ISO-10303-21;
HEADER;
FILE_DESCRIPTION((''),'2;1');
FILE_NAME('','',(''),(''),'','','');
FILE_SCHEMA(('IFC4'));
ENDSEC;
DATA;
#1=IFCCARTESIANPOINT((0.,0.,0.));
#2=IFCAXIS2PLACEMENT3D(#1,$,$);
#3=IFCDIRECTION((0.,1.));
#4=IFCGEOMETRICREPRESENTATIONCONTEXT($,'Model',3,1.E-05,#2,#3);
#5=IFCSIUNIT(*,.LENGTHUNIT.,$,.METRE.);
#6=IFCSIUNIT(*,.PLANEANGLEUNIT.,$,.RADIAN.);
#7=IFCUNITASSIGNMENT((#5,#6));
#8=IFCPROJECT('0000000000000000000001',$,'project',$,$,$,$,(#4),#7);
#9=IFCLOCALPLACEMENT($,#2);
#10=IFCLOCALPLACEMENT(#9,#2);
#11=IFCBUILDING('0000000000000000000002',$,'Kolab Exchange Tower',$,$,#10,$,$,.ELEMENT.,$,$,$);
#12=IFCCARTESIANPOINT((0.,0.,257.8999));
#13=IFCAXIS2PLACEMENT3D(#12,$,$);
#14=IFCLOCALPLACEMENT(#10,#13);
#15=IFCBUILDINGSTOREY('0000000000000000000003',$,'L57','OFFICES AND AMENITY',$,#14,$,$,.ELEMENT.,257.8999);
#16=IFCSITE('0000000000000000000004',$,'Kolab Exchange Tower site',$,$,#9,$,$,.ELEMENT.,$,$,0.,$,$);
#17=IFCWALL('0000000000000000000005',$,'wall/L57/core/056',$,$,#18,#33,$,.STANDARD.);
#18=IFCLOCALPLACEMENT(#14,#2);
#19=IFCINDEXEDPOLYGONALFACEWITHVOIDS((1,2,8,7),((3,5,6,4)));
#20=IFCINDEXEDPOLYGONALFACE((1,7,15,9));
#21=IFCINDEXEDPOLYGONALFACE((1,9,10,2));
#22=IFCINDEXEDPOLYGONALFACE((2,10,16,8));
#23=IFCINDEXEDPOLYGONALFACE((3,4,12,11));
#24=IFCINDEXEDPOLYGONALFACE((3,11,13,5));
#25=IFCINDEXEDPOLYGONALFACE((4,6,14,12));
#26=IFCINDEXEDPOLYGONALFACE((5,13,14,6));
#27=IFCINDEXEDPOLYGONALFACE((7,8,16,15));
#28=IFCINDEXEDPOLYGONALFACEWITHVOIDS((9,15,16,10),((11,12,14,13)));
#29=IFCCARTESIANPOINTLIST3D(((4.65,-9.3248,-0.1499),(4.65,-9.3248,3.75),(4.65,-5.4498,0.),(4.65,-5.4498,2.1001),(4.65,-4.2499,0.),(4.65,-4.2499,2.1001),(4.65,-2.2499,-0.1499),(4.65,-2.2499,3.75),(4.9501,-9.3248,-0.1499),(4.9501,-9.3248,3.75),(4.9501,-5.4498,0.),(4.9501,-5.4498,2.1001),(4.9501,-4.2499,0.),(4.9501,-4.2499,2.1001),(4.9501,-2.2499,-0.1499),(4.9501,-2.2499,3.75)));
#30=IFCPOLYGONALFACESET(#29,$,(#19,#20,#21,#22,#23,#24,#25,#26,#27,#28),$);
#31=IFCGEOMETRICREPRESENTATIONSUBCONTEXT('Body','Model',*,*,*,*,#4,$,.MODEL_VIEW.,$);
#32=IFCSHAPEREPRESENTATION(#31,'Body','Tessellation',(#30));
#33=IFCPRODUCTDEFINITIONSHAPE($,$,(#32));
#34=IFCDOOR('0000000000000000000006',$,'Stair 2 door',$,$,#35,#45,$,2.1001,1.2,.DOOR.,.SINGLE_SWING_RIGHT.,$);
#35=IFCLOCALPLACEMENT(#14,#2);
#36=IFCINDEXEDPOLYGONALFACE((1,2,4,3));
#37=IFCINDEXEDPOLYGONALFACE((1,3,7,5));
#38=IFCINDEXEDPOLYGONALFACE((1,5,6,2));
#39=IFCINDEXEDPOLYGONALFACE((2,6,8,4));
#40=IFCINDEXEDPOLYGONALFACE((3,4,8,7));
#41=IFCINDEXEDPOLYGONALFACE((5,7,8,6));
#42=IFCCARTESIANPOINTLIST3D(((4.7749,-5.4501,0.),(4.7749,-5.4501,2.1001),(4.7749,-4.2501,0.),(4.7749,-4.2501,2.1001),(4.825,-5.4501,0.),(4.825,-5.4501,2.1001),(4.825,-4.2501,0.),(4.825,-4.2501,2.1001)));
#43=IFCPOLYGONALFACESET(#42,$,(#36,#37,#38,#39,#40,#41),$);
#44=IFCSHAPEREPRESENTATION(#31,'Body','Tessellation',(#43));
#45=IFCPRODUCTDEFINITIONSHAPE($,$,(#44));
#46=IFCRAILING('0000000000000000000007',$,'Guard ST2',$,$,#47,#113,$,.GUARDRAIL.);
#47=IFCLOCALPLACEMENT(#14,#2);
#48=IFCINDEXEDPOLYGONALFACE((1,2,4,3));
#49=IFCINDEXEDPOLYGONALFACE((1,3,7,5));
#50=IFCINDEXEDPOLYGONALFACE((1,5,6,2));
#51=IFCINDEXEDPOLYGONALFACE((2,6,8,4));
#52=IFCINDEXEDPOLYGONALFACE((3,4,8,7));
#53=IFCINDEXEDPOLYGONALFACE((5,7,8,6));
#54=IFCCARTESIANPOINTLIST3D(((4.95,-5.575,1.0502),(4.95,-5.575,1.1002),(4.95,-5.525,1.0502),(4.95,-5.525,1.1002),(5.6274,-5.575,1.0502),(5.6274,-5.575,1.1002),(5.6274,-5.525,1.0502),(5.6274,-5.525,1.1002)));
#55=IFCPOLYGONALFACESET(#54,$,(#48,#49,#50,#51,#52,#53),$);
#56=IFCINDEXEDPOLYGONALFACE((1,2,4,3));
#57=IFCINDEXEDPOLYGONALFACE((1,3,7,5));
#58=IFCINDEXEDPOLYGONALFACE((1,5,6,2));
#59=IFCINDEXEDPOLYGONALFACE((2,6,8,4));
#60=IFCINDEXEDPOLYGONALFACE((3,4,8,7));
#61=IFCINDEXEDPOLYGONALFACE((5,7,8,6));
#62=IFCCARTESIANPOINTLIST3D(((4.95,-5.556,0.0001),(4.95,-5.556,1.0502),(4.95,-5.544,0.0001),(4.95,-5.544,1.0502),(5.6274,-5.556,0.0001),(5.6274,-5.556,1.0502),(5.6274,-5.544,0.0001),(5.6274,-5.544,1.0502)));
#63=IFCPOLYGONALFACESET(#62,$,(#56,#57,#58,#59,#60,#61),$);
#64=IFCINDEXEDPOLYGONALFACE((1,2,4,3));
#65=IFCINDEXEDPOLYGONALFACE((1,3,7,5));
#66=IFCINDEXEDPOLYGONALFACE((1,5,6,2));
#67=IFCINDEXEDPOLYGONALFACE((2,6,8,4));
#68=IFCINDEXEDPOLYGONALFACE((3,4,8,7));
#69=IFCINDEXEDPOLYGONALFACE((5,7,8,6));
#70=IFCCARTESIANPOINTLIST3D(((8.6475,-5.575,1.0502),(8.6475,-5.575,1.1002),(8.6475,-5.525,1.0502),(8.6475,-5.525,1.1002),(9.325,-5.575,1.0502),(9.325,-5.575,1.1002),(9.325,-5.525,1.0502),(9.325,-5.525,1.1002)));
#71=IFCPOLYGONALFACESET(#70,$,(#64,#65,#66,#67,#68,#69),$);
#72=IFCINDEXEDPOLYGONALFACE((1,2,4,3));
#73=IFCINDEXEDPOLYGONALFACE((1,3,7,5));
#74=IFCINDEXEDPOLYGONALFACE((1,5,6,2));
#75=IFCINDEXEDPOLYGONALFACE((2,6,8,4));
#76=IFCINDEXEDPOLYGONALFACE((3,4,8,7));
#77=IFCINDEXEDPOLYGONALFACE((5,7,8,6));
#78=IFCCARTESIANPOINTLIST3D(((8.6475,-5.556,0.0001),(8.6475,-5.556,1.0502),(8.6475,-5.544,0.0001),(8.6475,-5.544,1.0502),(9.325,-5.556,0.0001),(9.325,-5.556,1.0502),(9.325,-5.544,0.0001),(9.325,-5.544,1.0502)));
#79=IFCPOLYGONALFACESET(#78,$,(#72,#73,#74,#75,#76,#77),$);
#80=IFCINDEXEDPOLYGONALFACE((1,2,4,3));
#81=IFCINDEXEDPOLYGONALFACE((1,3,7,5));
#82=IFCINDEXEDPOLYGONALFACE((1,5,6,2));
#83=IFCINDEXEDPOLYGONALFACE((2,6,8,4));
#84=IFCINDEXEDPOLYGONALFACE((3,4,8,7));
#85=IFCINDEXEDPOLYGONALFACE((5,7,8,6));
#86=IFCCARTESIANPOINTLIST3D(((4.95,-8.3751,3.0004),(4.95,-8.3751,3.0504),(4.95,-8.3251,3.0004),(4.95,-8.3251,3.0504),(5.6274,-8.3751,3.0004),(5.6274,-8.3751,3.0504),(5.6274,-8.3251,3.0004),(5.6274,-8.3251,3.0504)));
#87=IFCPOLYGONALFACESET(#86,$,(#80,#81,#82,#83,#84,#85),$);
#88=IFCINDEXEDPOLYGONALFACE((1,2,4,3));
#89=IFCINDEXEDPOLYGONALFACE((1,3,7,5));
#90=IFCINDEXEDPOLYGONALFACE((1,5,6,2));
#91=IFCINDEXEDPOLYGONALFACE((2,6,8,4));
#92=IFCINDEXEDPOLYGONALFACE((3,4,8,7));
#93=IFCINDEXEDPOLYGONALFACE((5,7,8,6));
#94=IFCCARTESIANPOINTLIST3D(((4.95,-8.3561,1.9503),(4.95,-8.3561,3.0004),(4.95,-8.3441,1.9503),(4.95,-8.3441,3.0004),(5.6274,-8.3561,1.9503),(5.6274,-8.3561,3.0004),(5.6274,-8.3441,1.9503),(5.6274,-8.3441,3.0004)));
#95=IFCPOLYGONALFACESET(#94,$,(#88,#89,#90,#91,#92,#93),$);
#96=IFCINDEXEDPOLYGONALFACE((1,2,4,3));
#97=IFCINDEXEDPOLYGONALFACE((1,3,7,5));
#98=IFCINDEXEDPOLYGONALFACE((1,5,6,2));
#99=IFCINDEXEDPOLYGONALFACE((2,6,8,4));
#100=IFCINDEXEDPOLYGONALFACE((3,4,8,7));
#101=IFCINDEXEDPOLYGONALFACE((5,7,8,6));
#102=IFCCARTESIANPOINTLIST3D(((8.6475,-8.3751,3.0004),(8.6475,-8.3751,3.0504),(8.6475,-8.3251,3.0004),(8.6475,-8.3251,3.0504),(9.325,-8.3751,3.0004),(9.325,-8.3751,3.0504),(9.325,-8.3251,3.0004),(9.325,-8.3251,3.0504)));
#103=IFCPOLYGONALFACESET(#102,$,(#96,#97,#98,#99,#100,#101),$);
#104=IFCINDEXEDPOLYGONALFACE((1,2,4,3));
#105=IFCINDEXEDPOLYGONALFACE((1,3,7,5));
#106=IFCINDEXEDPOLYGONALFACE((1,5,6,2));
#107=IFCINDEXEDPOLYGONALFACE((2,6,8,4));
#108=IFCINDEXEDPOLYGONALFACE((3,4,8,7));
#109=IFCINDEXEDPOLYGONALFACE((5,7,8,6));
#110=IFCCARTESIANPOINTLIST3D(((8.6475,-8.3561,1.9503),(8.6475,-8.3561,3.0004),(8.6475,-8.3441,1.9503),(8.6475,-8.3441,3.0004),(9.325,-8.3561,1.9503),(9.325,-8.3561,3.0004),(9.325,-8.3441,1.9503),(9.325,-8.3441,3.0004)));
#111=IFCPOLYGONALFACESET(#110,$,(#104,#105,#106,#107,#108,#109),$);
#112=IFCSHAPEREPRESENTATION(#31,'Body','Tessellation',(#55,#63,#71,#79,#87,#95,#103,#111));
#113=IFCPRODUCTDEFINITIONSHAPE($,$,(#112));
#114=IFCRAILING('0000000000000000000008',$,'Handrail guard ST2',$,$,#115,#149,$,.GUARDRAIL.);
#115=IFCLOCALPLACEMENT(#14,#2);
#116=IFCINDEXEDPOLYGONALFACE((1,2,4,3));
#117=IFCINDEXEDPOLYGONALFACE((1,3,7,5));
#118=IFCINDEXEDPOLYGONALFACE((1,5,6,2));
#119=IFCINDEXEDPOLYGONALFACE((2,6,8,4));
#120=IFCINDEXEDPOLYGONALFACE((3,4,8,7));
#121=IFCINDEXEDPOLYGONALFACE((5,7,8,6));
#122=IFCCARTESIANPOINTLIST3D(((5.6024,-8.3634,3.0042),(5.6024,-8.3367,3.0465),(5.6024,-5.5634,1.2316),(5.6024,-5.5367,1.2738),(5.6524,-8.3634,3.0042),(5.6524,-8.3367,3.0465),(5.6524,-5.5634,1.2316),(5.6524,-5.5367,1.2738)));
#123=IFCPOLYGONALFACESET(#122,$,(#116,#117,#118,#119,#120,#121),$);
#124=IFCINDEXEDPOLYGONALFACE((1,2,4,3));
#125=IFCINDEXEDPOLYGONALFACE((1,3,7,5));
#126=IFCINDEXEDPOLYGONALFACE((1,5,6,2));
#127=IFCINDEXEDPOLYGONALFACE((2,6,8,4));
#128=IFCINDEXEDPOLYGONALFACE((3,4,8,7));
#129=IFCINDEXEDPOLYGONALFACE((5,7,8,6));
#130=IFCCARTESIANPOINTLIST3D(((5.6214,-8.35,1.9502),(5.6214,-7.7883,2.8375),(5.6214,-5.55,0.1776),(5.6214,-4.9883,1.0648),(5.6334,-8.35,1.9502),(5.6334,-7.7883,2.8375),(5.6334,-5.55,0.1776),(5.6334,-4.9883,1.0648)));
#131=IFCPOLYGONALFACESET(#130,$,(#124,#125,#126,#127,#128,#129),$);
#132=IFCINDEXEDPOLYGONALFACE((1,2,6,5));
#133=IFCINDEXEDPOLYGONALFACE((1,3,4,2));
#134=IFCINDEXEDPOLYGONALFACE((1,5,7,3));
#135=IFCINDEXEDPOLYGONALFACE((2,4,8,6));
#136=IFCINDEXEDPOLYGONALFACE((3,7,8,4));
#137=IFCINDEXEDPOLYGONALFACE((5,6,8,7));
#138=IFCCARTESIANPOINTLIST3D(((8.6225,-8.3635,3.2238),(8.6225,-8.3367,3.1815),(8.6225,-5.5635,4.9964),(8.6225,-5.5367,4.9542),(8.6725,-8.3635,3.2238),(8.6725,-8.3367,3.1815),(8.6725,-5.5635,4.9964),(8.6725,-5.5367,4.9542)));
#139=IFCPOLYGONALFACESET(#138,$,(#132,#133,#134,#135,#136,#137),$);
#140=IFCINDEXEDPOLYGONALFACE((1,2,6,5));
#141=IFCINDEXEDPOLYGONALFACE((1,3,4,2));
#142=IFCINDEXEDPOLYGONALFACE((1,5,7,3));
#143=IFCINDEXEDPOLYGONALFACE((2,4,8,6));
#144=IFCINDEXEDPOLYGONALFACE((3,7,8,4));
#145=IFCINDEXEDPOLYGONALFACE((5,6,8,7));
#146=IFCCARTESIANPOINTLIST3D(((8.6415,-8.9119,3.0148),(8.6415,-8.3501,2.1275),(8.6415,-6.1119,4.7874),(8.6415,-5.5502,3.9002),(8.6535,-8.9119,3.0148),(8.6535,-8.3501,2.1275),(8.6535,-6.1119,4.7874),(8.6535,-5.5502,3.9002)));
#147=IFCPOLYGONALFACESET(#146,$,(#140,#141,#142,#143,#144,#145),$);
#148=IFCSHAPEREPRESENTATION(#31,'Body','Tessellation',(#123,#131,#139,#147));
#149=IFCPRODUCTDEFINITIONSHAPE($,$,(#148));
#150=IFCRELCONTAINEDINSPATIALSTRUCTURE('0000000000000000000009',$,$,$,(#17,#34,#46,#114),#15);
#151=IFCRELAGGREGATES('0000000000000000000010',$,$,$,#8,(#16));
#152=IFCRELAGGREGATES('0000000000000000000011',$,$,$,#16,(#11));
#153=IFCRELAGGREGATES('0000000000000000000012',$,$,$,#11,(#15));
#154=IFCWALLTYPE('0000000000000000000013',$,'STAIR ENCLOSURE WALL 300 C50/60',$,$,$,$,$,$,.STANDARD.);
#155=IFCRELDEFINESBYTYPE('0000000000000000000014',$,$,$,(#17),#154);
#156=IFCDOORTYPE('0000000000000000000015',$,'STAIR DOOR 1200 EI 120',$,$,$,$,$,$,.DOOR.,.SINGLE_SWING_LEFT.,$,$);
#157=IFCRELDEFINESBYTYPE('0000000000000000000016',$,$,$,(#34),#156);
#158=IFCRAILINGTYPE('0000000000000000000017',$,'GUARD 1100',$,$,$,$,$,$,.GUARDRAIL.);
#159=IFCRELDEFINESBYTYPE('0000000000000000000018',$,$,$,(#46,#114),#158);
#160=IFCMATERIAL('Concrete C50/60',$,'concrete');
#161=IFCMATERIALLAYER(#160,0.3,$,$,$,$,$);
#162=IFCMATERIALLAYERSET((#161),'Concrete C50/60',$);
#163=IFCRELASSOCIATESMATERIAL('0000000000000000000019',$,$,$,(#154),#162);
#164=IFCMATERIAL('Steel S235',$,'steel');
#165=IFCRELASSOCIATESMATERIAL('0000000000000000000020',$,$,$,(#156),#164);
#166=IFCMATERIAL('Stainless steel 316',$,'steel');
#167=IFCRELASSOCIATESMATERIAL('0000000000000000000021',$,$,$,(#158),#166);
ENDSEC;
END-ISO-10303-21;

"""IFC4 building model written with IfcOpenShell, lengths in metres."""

from ifc_helpers import new_model, si_unit, direction, frame, frame_2d, origin, origin_2d, place, context, subcontext, project, spatial, rectangle, extrude, material, layer, layer_set, type_object, element, fill, save


model = new_model("IFC4")

# Units and contexts
model_context = context("Model", 3, precision=1e-05, world=origin(), true_north=direction((0.0, 1.0)))
body_context = subcontext(model_context, "Body", "Model", "MODEL_VIEW")
ifc_project = project(units=[si_unit("LENGTHUNIT", "METRE"), si_unit("PLANEANGLEUNIT", "RADIAN")], contexts=[model_context])

# Site, building, storey
site_placement = place(None, origin())
site = spatial("IfcSite", under=ifc_project, at=site_placement, Name="Kolab Exchange Tower site", CompositionType="ELEMENT", RefElevation=0.0)
building_placement = place(site_placement, origin())
building = spatial("IfcBuilding", under=site, at=building_placement, Name="Kolab Exchange Tower", CompositionType="ELEMENT")
storey_placement = place(building_placement, frame((0.0, 0.0, 257.8999)))
storey = spatial("IfcBuildingStorey", under=building, at=storey_placement, Name="L57", Description="OFFICES AND AMENITY", CompositionType="ELEMENT", Elevation=257.8999)

# Shared definitions
ifc_material_1 = material(Name="Concrete C50/60", Category="concrete")
ifc_material_2 = material(Name="Stainless steel 316", Category="steel")

# Shared definitions
ifc_material_3 = material(Name="Steel S235", Category="steel")

# Shared definitions
ifc_layer_1 = layer(ifc_material_1, 0.3)
ifc_layer_set_1 = layer_set([ifc_layer_1], Name="Concrete C50/60")
wall_type_1 = type_object("IfcWallType", Name="STAIR ENCLOSURE WALL 300 C50/60", PredefinedType="STANDARD", material=ifc_layer_set_1)

# Wall, opening, door
wall_1_placement = place(storey_placement, frame((4.8, -9.325, -0.1499), z_axis=(0.0, 0.0, 1.0), x_axis=(0.0, 1.0, 0.0)))
wall_1 = element("IfcWall", 1, at=wall_1_placement, inside=storey, type_object=wall_type_1, Name="wall/L57/core/056", PredefinedType="STANDARD", context=body_context, shape_type="SweptSolid", body=[
    extrude(rectangle(XDim=7.075, YDim=0.3, at=frame_2d((3.5376, 0.0))), origin(), (0.0, 0.0, 1.0), 3.8999),
])
opening_1_placement = place(wall_1_placement, frame((3.875, 0.0, 0.1499)))
opening_1 = element("IfcOpeningElement", 2, at=opening_1_placement, cuts=wall_1, PredefinedType="OPENING", context=body_context, shape_type="SweptSolid", body=[
    extrude(rectangle(XDim=1.2, YDim=2.1001, at=frame_2d((0.6001, 1.05))), frame((0.0, 0.1602, 0.0), z_axis=(0.0, -1.0, 0.0), x_axis=(1.0, 0.0, 0.0)), (0.0, 0.0, 1.0), 0.3201),
])
door_type_1 = type_object("IfcDoorType", Name="STAIR DOOR 1200 EI 120", OperationType="SINGLE_SWING_LEFT", PredefinedType="DOOR", material=ifc_material_3)
door_1_placement = place(opening_1_placement, frame((1.2, 0.0, 0.0), z_axis=(0.0, 0.0, 1.0), x_axis=(-1.0, 0.0, 0.0)))
door_1 = element("IfcDoor", 3, at=door_1_placement, inside=storey, type_object=door_type_1, Name="Stair 2 door", OperationType="SINGLE_SWING_RIGHT", OverallHeight=2.1001, OverallWidth=1.2, PredefinedType="DOOR", context=body_context, shape_type="SweptSolid", body=[
    extrude(rectangle(XDim=1.2, YDim=2.1001, at=frame_2d((0.6001, 1.05))), frame((0.0, 0.0249, 0.0), z_axis=(0.0, -1.0, 0.0), x_axis=(1.0, 0.0, 0.0)), (0.0, 0.0, 1.0), 0.05),
])
fill(opening_1, door_1)

# Railings
railing_type = type_object("IfcRailingType", Name="GUARD 1100", PredefinedType="GUARDRAIL", material=ifc_material_2)
railing_1_placement = place(storey_placement, frame((4.95, -5.55, 0.0)))
element("IfcRailing", 4, at=railing_1_placement, inside=storey, type_object=railing_type, Name="Guard ST2", PredefinedType="GUARDRAIL", context=body_context, shape_type="SweptSolid", body=[
    extrude(rectangle(XDim=0.05, YDim=0.05, at=origin_2d()), frame((0.0, 0.0, 1.0752), z_axis=(1.0, 0.0, 0.0), x_axis=(0.0, 1.0, 0.0)), (0.0, 0.0, 1.0), 0.6775),
    extrude(rectangle(XDim=0.012, YDim=1.0501, at=frame_2d((0.0, 0.5251))), frame((0.0, 0.0, 0.0), z_axis=(1.0, 0.0, 0.0), x_axis=(0.0, 1.0, 0.0)), (0.0, 0.0, 1.0), 0.6775),
    extrude(rectangle(XDim=0.05, YDim=0.05, at=origin_2d()), frame((3.6975, 0.0, 1.0752), z_axis=(1.0, 0.0, 0.0), x_axis=(0.0, 1.0, 0.0)), (0.0, 0.0, 1.0), 0.6775),
    extrude(rectangle(XDim=0.012, YDim=1.0501, at=frame_2d((0.0, 0.5251))), frame((3.6975, 0.0, 0.0), z_axis=(1.0, 0.0, 0.0), x_axis=(0.0, 1.0, 0.0)), (0.0, 0.0, 1.0), 0.6775),
    extrude(rectangle(XDim=0.05, YDim=0.05, at=origin_2d()), frame((0.0, -2.8, 3.0254), z_axis=(1.0, 0.0, 0.0), x_axis=(0.0, 1.0, 0.0)), (0.0, 0.0, 1.0), 0.6775),
    extrude(rectangle(XDim=0.012, YDim=1.0501, at=frame_2d((0.0, 0.5251))), frame((0.0, -2.8, 1.9502), z_axis=(1.0, 0.0, 0.0), x_axis=(0.0, 1.0, 0.0)), (0.0, 0.0, 1.0), 0.6775),
    extrude(rectangle(XDim=0.05, YDim=0.05, at=origin_2d()), frame((3.6975, -2.8, 3.0254), z_axis=(1.0, 0.0, 0.0), x_axis=(0.0, 1.0, 0.0)), (0.0, 0.0, 1.0), 0.6775),
    extrude(rectangle(XDim=0.012, YDim=1.0501, at=frame_2d((0.0, 0.5251))), frame((3.6975, -2.8, 1.9502), z_axis=(1.0, 0.0, 0.0), x_axis=(0.0, 1.0, 0.0)), (0.0, 0.0, 1.0), 0.6775),
])
railing_2_placement = place(storey_placement, frame((5.6274, -5.55, 0.1775)))
element("IfcRailing", 5, at=railing_2_placement, inside=storey, type_object=railing_type, Name="Handrail guard ST2", PredefinedType="GUARDRAIL", context=body_context, shape_type="SweptSolid", body=[
    extrude(rectangle(XDim=0.05, YDim=0.05, at=origin_2d()), frame((0.0, 0.0, 1.0752), z_axis=(0.0, -0.844909, 0.53491), x_axis=(1.0, 0.0, 0.0)), (0.0, 0.0, 1.0), 3.314),
    extrude(rectangle(XDim=0.012, YDim=1.0501, at=frame_2d((0.0, 0.5251))), frame((0.0, 0.0, 0.0), z_axis=(0.0, -0.844909, 0.53491), x_axis=(1.0, 0.0, 0.0)), (0.0, 0.0, 1.0), 3.314),
    extrude(rectangle(XDim=0.05, YDim=0.05, at=origin_2d()), frame((3.02, -2.8, 3.0251), z_axis=(0.0, 0.844909, 0.53491), x_axis=(-1.0, 0.0, 0.0)), (0.0, 0.0, 1.0), 3.314),
    extrude(rectangle(XDim=0.012, YDim=1.0501, at=frame_2d((0.0, 0.5251))), frame((3.02, -2.8, 1.95), z_axis=(0.0, 0.844909, 0.53491), x_axis=(-1.0, 0.0, 0.0)), (0.0, 0.0, 1.0), 3.314),
])

save(model, "model.ifc")
